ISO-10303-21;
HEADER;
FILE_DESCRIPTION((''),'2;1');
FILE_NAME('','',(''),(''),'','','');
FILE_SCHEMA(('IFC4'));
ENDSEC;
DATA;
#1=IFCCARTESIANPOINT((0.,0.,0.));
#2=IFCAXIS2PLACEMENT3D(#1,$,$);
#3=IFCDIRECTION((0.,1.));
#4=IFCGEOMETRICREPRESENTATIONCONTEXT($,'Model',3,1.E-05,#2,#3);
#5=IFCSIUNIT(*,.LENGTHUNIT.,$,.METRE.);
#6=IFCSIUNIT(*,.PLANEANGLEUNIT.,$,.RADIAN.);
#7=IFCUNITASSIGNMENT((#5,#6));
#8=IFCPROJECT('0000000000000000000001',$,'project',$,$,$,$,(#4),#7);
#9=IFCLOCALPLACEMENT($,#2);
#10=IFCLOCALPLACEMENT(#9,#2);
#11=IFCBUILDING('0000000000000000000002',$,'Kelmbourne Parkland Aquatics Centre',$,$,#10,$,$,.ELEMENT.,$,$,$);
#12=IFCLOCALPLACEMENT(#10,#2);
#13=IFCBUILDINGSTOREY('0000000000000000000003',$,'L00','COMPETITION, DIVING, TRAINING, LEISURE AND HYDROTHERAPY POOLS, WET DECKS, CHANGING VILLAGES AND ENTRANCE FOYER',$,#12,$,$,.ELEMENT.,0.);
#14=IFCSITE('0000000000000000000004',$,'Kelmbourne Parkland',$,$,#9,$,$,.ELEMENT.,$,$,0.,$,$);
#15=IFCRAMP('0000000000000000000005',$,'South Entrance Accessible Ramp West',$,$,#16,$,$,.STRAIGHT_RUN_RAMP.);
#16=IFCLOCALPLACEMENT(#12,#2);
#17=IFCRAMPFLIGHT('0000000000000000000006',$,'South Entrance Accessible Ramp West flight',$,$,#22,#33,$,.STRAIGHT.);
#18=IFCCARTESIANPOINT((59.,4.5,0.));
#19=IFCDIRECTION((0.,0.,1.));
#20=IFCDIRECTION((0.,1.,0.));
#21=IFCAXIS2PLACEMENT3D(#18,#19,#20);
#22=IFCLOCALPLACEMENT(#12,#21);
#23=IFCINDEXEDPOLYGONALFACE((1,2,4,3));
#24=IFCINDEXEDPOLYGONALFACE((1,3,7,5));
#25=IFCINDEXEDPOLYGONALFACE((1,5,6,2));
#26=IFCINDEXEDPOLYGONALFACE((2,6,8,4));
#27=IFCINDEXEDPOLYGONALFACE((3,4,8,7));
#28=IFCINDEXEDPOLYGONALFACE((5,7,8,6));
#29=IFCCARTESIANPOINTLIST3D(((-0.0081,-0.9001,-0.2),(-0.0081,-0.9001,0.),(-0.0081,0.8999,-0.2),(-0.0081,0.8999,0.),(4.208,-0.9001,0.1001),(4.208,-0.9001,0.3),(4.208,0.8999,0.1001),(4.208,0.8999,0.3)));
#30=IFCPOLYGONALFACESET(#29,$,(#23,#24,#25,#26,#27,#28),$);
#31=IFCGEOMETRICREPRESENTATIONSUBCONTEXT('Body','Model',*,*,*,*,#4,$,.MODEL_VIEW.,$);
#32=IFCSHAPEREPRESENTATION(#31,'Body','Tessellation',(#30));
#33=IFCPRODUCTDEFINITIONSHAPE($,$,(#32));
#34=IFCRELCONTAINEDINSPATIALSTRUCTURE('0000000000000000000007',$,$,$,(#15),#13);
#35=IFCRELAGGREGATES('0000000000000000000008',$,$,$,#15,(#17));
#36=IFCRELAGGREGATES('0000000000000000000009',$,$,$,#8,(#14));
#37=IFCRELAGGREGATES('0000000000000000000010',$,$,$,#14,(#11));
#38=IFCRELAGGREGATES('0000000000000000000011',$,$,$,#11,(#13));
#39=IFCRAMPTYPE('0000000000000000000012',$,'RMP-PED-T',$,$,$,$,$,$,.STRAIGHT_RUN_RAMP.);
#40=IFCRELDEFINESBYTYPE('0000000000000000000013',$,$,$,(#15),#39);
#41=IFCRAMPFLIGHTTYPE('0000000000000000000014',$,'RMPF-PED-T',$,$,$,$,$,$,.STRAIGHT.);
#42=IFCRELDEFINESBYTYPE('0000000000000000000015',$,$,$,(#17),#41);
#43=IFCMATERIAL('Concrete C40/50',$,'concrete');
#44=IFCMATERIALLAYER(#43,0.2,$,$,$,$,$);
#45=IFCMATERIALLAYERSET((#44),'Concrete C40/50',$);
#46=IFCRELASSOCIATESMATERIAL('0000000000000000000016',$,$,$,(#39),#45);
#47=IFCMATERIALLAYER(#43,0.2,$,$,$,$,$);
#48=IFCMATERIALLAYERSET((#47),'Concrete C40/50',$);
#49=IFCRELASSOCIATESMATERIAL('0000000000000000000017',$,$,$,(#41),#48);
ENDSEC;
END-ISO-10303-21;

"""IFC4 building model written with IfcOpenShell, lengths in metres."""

from ifc_helpers import new_model, si_unit, direction, frame, origin, place, context, subcontext, project, spatial, polyline, outline, extrude, material, layer, layer_set, type_object, element, aggregate, save


model = new_model("IFC4")

# Units and contexts
model_context = context("Model", 3, precision=1e-05, world=origin(), true_north=direction((0.0, 1.0)))
body_context = subcontext(model_context, "Body", "Model", "MODEL_VIEW")
ifc_project = project(units=[si_unit("LENGTHUNIT", "METRE"), si_unit("PLANEANGLEUNIT", "RADIAN")], contexts=[model_context])

# Site, building, storey
site_placement = place(None, origin())
site = spatial("IfcSite", under=ifc_project, at=site_placement, Name="Kelmbourne Parkland", CompositionType="ELEMENT", RefElevation=0.0)
building_placement = place(site_placement, origin())
building = spatial("IfcBuilding", under=site, at=building_placement, Name="Kelmbourne Parkland Aquatics Centre", CompositionType="ELEMENT")
storey_placement = place(building_placement, origin())
storey = spatial("IfcBuildingStorey", under=building, at=storey_placement, Name="L00", Description="COMPETITION, DIVING, TRAINING, LEISURE AND HYDROTHERAPY POOLS, WET DECKS, CHANGING VILLAGES AND ENTRANCE FOYER", CompositionType="ELEMENT", Elevation=0.0)

# Shared definitions
ifc_material_1 = material(Name="Concrete C40/50", Category="concrete")

# Ramp, ramp flight
ifc_layer_1 = layer(ifc_material_1, 0.2)
ifc_layer_set_1 = layer_set([ifc_layer_1], Name="Concrete C40/50")
ramp_type = type_object("IfcRampType", Name="RMP-PED-T", PredefinedType="STRAIGHT_RUN_RAMP", material=ifc_layer_set_1)
ramp_placement = place(storey_placement, origin())
ramp = element("IfcRamp", 1, at=ramp_placement, inside=storey, type_object=ramp_type, Name="South Entrance Accessible Ramp West", PredefinedType="STRAIGHT_RUN_RAMP")
ifc_layer_2 = layer(ifc_material_1, 0.2)
ifc_layer_set_2 = layer_set([ifc_layer_2], Name="Concrete C40/50")
ramp_flight_type = type_object("IfcRampFlightType", Name="RMPF-PED-T", PredefinedType="STRAIGHT", material=ifc_layer_set_2)
ramp_flight_placement = place(storey_placement, frame((59.0, 4.5, 0.0), z_axis=(0.0, 0.0, 1.0), x_axis=(0.0, 1.0, 0.0)))
ramp_flight = element("IfcRampFlight", 2, at=ramp_flight_placement, type_object=ramp_flight_type, Name="South Entrance Accessible Ramp West flight", PredefinedType="STRAIGHT", context=body_context, shape_type="SweptSolid", body=[
    extrude(outline(polyline([(-0.0081, -0.2), (4.208, 0.1001), (4.208, 0.3), (-0.0081, 0.0), (-0.0081, -0.2)])), frame((0.0, 0.8999, 0.0), z_axis=(0.0, -1.0, 0.0), x_axis=(1.0, 0.0, 0.0)), (0.0, 0.0, 1.0), 1.8),
])
aggregate(ramp, [ramp_flight])

save(model, "model.ifc")
